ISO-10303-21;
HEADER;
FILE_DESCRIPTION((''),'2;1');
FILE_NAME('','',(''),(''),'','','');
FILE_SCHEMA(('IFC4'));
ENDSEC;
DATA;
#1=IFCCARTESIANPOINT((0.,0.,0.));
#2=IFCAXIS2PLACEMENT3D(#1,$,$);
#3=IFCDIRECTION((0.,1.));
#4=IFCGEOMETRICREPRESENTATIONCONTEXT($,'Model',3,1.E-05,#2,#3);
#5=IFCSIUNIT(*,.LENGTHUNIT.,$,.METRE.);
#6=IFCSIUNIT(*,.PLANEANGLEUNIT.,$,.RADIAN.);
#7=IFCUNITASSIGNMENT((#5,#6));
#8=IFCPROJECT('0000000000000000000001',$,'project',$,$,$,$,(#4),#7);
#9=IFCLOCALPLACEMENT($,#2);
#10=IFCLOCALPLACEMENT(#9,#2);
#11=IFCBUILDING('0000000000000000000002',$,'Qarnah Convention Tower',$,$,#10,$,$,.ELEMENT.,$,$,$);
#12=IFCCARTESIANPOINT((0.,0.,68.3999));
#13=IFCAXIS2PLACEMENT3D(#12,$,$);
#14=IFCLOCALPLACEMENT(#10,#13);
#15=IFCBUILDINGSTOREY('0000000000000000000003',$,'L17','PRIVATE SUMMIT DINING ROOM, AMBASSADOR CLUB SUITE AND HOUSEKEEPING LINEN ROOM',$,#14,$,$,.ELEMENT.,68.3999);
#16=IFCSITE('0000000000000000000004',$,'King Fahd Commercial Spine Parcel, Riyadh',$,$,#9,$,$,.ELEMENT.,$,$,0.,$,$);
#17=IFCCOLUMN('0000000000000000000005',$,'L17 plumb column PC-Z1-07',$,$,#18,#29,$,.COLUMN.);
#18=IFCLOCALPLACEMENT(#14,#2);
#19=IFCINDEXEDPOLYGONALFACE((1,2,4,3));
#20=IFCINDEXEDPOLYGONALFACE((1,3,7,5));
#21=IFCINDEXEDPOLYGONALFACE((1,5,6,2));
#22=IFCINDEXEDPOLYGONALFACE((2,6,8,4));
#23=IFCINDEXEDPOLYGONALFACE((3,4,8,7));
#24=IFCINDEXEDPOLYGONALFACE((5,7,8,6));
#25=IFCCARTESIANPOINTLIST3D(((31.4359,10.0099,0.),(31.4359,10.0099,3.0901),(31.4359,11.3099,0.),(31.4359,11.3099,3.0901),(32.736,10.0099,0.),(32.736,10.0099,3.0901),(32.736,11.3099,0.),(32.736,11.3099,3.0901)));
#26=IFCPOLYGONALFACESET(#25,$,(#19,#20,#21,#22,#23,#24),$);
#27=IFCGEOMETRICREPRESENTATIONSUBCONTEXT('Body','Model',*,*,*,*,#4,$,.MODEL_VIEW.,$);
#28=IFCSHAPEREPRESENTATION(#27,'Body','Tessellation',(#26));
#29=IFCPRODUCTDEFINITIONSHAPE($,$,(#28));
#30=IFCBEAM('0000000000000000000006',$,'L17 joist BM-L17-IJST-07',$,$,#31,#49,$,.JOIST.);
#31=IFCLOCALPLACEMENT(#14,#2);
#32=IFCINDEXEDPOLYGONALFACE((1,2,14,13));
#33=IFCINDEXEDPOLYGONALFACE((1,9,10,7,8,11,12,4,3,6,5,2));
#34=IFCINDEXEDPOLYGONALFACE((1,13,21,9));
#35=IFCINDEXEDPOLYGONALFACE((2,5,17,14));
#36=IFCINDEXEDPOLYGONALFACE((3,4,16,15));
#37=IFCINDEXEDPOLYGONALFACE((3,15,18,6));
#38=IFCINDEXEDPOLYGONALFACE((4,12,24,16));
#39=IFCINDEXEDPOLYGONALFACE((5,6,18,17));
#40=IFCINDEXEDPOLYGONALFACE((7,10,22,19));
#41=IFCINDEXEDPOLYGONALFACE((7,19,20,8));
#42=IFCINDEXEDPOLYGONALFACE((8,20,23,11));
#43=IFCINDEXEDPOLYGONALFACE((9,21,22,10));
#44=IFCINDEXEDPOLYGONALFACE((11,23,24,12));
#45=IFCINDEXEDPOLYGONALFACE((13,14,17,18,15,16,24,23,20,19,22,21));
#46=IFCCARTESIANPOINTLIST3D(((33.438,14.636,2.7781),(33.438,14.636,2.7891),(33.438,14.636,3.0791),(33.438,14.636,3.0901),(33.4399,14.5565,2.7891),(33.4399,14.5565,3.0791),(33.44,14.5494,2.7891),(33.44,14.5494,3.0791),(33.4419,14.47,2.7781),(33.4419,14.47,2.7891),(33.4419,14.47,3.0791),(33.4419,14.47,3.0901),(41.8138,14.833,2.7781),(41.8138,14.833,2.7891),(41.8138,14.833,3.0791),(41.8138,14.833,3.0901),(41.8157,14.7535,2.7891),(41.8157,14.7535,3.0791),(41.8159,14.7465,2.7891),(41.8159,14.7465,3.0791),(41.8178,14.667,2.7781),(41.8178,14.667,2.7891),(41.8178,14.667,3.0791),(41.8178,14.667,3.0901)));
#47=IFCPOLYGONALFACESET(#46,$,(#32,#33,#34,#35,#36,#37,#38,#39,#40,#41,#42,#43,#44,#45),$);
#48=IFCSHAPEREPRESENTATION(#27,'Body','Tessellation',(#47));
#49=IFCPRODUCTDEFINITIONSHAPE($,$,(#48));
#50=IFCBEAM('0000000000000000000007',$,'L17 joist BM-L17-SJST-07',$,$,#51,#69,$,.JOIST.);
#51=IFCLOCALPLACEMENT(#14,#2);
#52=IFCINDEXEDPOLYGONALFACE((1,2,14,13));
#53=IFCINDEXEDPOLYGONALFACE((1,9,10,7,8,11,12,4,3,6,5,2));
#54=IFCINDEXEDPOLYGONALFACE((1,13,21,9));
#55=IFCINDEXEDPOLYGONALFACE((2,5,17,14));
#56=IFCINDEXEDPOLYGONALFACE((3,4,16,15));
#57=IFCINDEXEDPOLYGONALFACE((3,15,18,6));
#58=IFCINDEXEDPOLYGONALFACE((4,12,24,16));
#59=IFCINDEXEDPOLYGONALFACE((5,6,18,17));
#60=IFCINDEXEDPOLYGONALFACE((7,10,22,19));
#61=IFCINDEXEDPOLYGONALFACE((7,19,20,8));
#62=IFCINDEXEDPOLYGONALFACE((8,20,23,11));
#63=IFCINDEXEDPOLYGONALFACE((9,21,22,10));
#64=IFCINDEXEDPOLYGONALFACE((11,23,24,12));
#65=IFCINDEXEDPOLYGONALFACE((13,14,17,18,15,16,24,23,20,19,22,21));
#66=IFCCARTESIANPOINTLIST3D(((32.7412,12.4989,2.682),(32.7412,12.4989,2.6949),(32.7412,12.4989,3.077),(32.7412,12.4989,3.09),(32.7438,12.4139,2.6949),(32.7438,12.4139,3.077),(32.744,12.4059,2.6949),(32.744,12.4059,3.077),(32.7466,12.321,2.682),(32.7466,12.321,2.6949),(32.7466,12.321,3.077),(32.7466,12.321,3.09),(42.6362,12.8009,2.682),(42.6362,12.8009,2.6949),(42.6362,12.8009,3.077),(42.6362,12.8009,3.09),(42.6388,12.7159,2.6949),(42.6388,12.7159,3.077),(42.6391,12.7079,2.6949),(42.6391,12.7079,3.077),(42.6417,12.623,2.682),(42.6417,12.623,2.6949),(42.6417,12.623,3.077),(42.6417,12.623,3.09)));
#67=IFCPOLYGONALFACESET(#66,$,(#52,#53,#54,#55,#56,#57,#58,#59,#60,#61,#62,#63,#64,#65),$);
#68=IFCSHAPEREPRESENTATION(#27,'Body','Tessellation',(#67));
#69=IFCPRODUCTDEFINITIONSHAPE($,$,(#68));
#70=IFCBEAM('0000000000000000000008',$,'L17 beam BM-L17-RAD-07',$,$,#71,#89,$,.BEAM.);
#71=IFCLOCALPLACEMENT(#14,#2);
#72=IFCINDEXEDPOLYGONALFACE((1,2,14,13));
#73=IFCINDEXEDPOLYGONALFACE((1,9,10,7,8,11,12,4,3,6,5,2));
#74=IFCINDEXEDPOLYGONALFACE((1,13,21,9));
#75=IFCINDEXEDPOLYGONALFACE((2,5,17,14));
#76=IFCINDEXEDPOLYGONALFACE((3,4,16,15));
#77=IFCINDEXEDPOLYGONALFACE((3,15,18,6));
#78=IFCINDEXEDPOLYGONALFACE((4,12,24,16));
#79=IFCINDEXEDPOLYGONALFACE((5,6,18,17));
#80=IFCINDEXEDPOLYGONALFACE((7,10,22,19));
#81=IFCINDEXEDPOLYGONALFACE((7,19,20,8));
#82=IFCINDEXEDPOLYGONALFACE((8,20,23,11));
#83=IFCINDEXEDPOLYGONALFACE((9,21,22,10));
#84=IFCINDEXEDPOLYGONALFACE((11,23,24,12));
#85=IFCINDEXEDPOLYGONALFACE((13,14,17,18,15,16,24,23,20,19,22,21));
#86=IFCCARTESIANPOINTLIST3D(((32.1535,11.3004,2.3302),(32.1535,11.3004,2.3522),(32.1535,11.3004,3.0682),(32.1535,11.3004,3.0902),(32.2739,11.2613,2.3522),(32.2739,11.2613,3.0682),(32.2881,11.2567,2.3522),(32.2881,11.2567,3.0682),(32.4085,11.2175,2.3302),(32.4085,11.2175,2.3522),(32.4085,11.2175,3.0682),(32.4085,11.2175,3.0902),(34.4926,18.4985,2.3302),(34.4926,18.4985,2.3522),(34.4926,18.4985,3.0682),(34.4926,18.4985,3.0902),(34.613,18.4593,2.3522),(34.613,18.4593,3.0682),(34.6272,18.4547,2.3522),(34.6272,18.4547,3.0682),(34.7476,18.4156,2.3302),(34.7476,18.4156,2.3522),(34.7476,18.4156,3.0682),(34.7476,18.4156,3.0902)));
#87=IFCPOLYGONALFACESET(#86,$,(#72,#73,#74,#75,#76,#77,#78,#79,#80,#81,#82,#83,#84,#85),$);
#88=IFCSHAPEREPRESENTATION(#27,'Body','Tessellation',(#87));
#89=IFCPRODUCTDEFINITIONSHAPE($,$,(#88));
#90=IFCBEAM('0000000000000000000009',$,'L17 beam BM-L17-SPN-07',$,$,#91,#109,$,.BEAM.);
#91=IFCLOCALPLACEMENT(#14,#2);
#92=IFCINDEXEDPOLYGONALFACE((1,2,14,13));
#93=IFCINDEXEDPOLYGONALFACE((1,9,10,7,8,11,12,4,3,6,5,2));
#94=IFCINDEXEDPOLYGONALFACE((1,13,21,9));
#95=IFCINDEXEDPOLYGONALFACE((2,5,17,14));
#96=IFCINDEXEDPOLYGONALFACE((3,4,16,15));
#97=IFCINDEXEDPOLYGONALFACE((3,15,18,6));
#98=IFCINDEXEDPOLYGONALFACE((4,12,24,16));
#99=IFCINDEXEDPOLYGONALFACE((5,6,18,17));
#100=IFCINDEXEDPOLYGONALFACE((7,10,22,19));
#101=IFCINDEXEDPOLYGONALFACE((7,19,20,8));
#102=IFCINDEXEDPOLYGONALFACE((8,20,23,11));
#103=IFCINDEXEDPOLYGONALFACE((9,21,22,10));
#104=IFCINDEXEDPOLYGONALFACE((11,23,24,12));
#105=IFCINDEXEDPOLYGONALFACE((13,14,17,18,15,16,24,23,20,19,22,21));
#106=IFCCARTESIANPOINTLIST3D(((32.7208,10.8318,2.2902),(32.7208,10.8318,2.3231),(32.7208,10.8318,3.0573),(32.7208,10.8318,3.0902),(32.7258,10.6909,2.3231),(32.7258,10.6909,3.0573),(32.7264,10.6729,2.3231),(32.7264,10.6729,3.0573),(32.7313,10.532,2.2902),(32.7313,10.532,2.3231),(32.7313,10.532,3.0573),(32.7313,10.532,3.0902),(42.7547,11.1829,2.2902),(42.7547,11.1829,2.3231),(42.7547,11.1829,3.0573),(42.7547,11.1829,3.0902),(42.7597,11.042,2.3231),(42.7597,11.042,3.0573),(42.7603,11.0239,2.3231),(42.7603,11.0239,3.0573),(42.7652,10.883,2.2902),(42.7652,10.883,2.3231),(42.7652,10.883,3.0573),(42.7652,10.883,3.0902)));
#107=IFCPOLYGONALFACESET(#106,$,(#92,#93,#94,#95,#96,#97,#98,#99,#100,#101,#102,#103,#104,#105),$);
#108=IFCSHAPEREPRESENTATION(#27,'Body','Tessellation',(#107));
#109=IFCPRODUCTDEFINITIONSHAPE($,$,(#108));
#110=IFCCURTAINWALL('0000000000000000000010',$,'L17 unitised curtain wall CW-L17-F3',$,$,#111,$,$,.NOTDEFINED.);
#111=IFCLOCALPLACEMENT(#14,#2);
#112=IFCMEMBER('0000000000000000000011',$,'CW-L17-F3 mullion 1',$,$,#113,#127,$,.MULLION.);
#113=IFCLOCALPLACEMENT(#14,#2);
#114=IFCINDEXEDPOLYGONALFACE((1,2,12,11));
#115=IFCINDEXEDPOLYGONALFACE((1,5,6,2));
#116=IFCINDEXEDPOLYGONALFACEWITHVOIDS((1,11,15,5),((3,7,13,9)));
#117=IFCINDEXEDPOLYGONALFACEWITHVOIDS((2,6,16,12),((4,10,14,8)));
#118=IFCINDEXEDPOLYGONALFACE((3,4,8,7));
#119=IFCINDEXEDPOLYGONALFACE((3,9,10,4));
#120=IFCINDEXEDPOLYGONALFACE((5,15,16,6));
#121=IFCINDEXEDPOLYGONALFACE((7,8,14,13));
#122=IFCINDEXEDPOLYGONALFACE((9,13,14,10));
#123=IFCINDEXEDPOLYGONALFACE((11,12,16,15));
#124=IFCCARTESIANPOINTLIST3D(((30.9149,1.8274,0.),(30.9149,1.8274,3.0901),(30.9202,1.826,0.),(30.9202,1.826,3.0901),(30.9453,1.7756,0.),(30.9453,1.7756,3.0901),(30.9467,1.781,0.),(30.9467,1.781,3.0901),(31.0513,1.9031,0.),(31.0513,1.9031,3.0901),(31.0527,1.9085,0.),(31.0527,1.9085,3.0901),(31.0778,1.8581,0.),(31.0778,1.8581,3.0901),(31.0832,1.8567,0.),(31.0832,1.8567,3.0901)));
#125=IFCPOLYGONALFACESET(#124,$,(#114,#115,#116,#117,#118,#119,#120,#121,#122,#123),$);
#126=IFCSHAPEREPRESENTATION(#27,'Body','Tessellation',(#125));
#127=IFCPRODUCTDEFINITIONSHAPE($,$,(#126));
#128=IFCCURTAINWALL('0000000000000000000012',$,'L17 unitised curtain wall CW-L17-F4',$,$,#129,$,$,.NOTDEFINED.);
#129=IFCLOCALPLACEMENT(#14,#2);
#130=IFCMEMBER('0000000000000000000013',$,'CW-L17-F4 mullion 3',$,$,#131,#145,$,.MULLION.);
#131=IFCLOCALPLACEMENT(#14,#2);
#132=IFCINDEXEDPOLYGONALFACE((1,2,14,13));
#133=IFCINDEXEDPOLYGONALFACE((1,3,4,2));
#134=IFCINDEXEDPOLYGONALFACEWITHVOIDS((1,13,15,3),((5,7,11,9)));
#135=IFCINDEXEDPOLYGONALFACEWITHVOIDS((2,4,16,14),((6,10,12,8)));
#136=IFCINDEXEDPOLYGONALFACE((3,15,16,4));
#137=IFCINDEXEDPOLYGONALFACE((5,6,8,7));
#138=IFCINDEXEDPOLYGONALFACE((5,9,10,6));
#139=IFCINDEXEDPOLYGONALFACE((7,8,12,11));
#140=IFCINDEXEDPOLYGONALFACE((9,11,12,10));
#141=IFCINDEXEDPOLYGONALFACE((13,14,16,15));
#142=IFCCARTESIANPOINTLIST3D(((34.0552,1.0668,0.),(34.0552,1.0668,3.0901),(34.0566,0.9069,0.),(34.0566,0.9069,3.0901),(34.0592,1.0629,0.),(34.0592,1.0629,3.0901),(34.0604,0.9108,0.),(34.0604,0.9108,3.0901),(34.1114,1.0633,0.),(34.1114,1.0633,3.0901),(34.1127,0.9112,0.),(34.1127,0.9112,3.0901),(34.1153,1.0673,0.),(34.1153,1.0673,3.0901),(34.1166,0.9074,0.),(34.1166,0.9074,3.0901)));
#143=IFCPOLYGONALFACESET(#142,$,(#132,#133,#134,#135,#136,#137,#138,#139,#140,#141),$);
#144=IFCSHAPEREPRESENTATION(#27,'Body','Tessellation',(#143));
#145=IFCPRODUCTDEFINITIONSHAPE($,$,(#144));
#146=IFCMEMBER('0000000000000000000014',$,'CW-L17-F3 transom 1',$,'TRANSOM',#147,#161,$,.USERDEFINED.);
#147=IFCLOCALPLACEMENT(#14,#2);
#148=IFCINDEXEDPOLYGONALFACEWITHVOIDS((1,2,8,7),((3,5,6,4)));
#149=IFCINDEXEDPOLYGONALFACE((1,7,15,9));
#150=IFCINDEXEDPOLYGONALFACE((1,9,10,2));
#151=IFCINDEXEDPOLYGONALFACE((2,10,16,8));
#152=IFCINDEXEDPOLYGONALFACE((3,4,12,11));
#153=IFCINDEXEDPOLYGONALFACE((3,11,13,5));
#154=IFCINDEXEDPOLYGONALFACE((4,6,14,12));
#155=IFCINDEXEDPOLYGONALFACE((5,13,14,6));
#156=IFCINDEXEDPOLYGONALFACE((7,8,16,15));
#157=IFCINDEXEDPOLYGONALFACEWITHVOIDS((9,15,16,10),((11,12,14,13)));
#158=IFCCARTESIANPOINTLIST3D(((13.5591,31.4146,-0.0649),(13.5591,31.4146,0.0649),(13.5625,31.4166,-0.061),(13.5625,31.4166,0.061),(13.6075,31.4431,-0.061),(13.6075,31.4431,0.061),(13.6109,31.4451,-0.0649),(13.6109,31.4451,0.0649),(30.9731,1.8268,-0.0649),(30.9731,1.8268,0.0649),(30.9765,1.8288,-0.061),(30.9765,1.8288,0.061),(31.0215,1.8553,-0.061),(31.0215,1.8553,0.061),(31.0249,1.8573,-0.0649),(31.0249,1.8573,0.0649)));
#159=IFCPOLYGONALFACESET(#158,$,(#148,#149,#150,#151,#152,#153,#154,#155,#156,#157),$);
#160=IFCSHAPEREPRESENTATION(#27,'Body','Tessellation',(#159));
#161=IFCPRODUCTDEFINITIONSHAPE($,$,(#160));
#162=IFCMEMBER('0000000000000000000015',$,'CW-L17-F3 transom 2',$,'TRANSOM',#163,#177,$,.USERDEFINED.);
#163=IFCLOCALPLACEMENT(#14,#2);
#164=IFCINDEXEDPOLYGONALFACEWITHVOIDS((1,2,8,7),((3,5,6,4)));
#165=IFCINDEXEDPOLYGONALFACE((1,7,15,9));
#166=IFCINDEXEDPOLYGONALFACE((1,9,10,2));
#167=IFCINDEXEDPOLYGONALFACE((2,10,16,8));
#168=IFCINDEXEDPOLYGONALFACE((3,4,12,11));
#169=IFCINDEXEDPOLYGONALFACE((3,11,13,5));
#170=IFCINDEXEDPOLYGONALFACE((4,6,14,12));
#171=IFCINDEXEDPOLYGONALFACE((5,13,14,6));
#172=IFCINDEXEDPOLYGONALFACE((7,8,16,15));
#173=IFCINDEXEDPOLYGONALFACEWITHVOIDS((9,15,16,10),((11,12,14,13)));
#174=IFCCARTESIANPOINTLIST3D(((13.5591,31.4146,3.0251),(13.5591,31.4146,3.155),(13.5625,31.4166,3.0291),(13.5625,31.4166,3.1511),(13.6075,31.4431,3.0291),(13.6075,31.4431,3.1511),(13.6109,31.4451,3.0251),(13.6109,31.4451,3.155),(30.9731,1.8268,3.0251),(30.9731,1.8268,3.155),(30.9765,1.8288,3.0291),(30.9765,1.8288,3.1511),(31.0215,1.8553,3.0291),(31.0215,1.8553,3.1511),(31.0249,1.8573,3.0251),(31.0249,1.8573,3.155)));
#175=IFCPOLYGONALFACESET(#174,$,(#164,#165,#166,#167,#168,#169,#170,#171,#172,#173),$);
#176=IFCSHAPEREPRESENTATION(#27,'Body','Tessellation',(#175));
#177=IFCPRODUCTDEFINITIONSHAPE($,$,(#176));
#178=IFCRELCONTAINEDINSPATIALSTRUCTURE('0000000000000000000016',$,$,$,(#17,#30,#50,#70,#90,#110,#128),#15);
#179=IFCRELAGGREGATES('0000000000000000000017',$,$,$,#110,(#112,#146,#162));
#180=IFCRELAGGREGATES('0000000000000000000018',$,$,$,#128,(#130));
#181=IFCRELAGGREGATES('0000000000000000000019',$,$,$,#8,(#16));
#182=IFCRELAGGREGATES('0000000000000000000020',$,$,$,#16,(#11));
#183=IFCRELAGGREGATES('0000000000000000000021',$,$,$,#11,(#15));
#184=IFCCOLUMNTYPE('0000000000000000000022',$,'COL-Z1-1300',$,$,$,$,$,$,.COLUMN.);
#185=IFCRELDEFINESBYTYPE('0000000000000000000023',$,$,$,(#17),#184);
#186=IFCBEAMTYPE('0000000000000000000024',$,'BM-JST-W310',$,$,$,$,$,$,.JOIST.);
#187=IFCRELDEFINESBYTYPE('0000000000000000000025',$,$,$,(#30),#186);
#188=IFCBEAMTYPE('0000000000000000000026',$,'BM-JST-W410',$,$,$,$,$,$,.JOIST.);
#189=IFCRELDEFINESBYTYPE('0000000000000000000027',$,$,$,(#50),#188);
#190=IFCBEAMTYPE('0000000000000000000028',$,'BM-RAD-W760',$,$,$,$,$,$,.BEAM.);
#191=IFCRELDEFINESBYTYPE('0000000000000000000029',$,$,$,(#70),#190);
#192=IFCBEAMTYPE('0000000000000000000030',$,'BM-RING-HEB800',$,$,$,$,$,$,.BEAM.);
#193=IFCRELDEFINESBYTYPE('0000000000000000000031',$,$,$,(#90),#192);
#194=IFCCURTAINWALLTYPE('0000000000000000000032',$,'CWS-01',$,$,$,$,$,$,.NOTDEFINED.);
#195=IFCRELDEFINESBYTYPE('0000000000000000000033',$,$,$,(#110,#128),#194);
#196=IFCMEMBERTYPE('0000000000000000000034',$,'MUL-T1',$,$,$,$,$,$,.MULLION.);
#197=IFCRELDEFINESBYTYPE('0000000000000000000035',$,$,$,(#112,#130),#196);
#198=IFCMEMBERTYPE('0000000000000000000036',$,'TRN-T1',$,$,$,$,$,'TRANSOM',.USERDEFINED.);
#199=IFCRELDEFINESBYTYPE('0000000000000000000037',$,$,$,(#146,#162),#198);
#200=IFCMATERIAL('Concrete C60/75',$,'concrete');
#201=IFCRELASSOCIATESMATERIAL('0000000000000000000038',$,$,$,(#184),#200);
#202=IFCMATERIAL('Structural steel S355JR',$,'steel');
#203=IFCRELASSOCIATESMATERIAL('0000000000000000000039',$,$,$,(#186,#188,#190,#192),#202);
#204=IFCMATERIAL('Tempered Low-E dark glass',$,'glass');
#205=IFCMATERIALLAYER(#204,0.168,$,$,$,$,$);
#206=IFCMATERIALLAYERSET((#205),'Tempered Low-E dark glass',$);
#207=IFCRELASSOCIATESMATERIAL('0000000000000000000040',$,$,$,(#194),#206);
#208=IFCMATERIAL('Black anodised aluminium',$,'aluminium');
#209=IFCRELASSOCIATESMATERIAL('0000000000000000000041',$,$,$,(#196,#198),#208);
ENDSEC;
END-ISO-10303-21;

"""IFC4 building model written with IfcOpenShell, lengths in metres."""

from ifc_helpers import new_model, si_unit, direction, frame, origin, origin_2d, place, context, subcontext, project, spatial, rectangle, hollow_rectangle, i_section, extrude, material, layer, layer_set, material_profile, profile_set, type_object, element, aggregate, save


model = new_model("IFC4")

# Units and contexts
model_context = context("Model", 3, precision=1e-05, world=origin(), true_north=direction((0.0, 1.0)))
body_context = subcontext(model_context, "Body", "Model", "MODEL_VIEW")
ifc_project = project(units=[si_unit("LENGTHUNIT", "METRE"), si_unit("PLANEANGLEUNIT", "RADIAN")], contexts=[model_context])

# Site, building, storey
site_placement = place(None, origin())
site = spatial("IfcSite", under=ifc_project, at=site_placement, Name="King Fahd Commercial Spine Parcel, Riyadh", CompositionType="ELEMENT", RefElevation=0.0)
building_placement = place(site_placement, origin())
building = spatial("IfcBuilding", under=site, at=building_placement, Name="Qarnah Convention Tower", CompositionType="ELEMENT")
storey_placement = place(building_placement, frame((0.0, 0.0, 68.3999)))
storey = spatial("IfcBuildingStorey", under=building, at=storey_placement, Name="L17", Description="PRIVATE SUMMIT DINING ROOM, AMBASSADOR CLUB SUITE AND HOUSEKEEPING LINEN ROOM", CompositionType="ELEMENT", Elevation=68.3999)

# Column
ifc_material_1 = material(Name="Concrete C60/75", Category="concrete")
ifc_material_profile_1 = material_profile(ifc_material_1, rectangle(XDim=1.3, YDim=1.3, at=origin_2d()), Name="RC-COL-1300X1300")
ifc_profile_set_1 = profile_set([ifc_material_profile_1], Name="Concrete C60/75")
column_type = type_object("IfcColumnType", Name="COL-Z1-1300", PredefinedType="COLUMN", material=ifc_profile_set_1)
column_placement = place(storey_placement, frame((32.0859, 10.6599, 0.0), z_axis=(0.0, 0.0, 1.0), x_axis=(1.0, 0.0, 0.0)))
element("IfcColumn", 1, at=column_placement, inside=storey, type_object=column_type, Name="L17 plumb column PC-Z1-07", PredefinedType="COLUMN", context=body_context, shape_type="SweptSolid", body=[
    extrude(rectangle(XDim=1.3, YDim=1.3, at=origin_2d()), origin(), (0.0, 0.0, 1.0), 3.0901),
])

# Beams
ifc_material_2 = material(Name="Structural steel S355JR", Category="steel")
ifc_material_profile_2 = material_profile(ifc_material_2, i_section(OverallWidth=0.166, OverallDepth=0.312, WebThickness=0.0071, FlangeThickness=0.011, at=origin_2d()), Name="W310X45")
ifc_profile_set_2 = profile_set([ifc_material_profile_2], Name="Structural steel S355JR")
beam_type_1 = type_object("IfcBeamType", Name="BM-JST-W310", PredefinedType="JOIST", material=ifc_profile_set_2)
beam_1_placement = place(storey_placement, frame((33.4399, 14.553, 2.9341), z_axis=(0.999723, 0.023516, 0.0), x_axis=(-0.023516, 0.999723, 0.0)))
element("IfcBeam", 2, at=beam_1_placement, inside=storey, type_object=beam_type_1, Name="L17 joist BM-L17-IJST-07", PredefinedType="JOIST", context=body_context, shape_type="SweptSolid", body=[
    extrude(i_section(OverallWidth=0.166, OverallDepth=0.312, WebThickness=0.0071, FlangeThickness=0.011, at=origin_2d()), origin(), (0.0, 0.0, 1.0), 8.3782),
])
ifc_material_profile_3 = material_profile(ifc_material_2, i_section(OverallWidth=0.178, OverallDepth=0.408, WebThickness=0.0081, FlangeThickness=0.0129, at=origin_2d()), Name="W410X60")
ifc_profile_set_3 = profile_set([ifc_material_profile_3], Name="Structural steel S355JR")
beam_type_2 = type_object("IfcBeamType", Name="BM-JST-W410", PredefinedType="JOIST", material=ifc_profile_set_3)
beam_2_placement = place(storey_placement, frame((32.7439, 12.4099, 2.886), z_axis=(0.999535, 0.030506, 0.0), x_axis=(-0.030506, 0.999535, 0.0)))
element("IfcBeam", 3, at=beam_2_placement, inside=storey, type_object=beam_type_2, Name="L17 joist BM-L17-SJST-07", PredefinedType="JOIST", context=body_context, shape_type="SweptSolid", body=[
    extrude(i_section(OverallWidth=0.178, OverallDepth=0.408, WebThickness=0.0081, FlangeThickness=0.0129, at=origin_2d()), origin(), (0.0, 0.0, 1.0), 9.8997),
])
ifc_material_profile_4 = material_profile(ifc_material_2, i_section(OverallWidth=0.2681, OverallDepth=0.76, WebThickness=0.0149, FlangeThickness=0.022, at=origin_2d()), Name="W760X185")
ifc_profile_set_4 = profile_set([ifc_material_profile_4], Name="Structural steel S355JR")
beam_type_3 = type_object("IfcBeamType", Name="BM-RAD-W760", PredefinedType="BEAM", material=ifc_profile_set_4)
beam_3_placement = place(storey_placement, frame((34.6201, 18.457, 2.7102), z_axis=(-0.309058, -0.951043, 0.0), x_axis=(0.951043, -0.309058, 0.0)))
element("IfcBeam", 4, at=beam_3_placement, inside=storey, type_object=beam_type_3, Name="L17 beam BM-L17-RAD-07", PredefinedType="BEAM", context=body_context, shape_type="SweptSolid", body=[
    extrude(i_section(OverallWidth=0.2681, OverallDepth=0.76, WebThickness=0.0149, FlangeThickness=0.022, at=origin_2d()), origin(), (0.0, 0.0, 1.0), 7.5686),
])
ifc_material_profile_5 = material_profile(ifc_material_2, i_section(OverallWidth=0.3, OverallDepth=0.8, WebThickness=0.0181, FlangeThickness=0.033, at=origin_2d()), Name="HEB800")
ifc_profile_set_5 = profile_set([ifc_material_profile_5], Name="Structural steel S355JR")
beam_type_4 = type_object("IfcBeamType", Name="BM-RING-HEB800", PredefinedType="BEAM", material=ifc_profile_set_5)
beam_4_placement = place(storey_placement, frame((32.7261, 10.6819, 2.6902), z_axis=(0.999388, 0.034967, 0.0), x_axis=(-0.034967, 0.999388, 0.0)))
element("IfcBeam", 5, at=beam_4_placement, inside=storey, type_object=beam_type_4, Name="L17 beam BM-L17-SPN-07", PredefinedType="BEAM", context=body_context, shape_type="SweptSolid", body=[
    extrude(i_section(OverallWidth=0.3, OverallDepth=0.8, WebThickness=0.0181, FlangeThickness=0.033, at=origin_2d()), origin(), (0.0, 0.0, 1.0), 10.04),
])

# Curtain walls, members
ifc_material_3 = material(Name="Tempered Low-E dark glass", Category="glass")
ifc_layer_1 = layer(ifc_material_3, 0.168)
ifc_layer_set_1 = layer_set([ifc_layer_1], Name="Tempered Low-E dark glass")
curtain_wall_type = type_object("IfcCurtainWallType", Name="CWS-01", PredefinedType="NOTDEFINED", material=ifc_layer_set_1)
curtain_wall_1_placement = place(storey_placement, origin())
curtain_wall_1 = element("IfcCurtainWall", 6, at=curtain_wall_1_placement, inside=storey, type_object=curtain_wall_type, Name="L17 unitised curtain wall CW-L17-F3", PredefinedType="NOTDEFINED")
ifc_material_4 = material(Name="Black anodised aluminium", Category="aluminium")
ifc_material_profile_6 = material_profile(ifc_material_4, hollow_rectangle(XDim=0.0601, YDim=0.1599, WallThickness=0.0039, at=origin_2d()), Name="MUL-60X160")
ifc_profile_set_6 = profile_set([ifc_material_profile_6], Name="Black anodised aluminium")
member_type_1 = type_object("IfcMemberType", Name="MUL-T1", PredefinedType="MULLION", material=ifc_profile_set_6)
member_1_placement = place(storey_placement, frame((30.999, 1.842, 0.0), z_axis=(0.0, 0.0, 1.0), x_axis=(-0.507221, 0.861816, 0.0)))
member_1 = element("IfcMember", 7, at=member_1_placement, type_object=member_type_1, Name="CW-L17-F3 mullion 1", PredefinedType="MULLION", context=body_context, shape_type="SweptSolid", body=[
    extrude(hollow_rectangle(XDim=0.0601, YDim=0.1599, WallThickness=0.0039, at=origin_2d()), origin(), (0.0, 0.0, 1.0), 3.0901),
])
curtain_wall_2_placement = place(storey_placement, origin())
curtain_wall_2 = element("IfcCurtainWall", 8, at=curtain_wall_2_placement, inside=storey, type_object=curtain_wall_type, Name="L17 unitised curtain wall CW-L17-F4", PredefinedType="NOTDEFINED")
member_2_placement = place(storey_placement, frame((34.0859, 0.9871, 0.0), z_axis=(0.0, 0.0, 1.0), x_axis=(-0.999966, -0.008296, 0.0)))
member_2 = element("IfcMember", 9, at=member_2_placement, type_object=member_type_1, Name="CW-L17-F4 mullion 3", PredefinedType="MULLION", context=body_context, shape_type="SweptSolid", body=[
    extrude(hollow_rectangle(XDim=0.0601, YDim=0.1599, WallThickness=0.0039, at=origin_2d()), origin(), (0.0, 0.0, 1.0), 3.0901),
])

# Members
ifc_material_profile_7 = material_profile(ifc_material_4, hollow_rectangle(XDim=0.0601, YDim=0.1299, WallThickness=0.0039, at=origin_2d()), Name="TRN-60X130")
ifc_profile_set_7 = profile_set([ifc_material_profile_7], Name="Black anodised aluminium")
member_type_2 = type_object("IfcMemberType", Name="TRN-T1", ElementType="TRANSOM", PredefinedType="USERDEFINED", material=ifc_profile_set_7)
member_3_placement = place(storey_placement, frame((30.999, 1.842, 0.0), z_axis=(-0.507224, 0.861814, 0.0), x_axis=(-0.861814, -0.507224, 0.0)))
member_3 = element("IfcMember", 10, at=member_3_placement, type_object=member_type_2, Name="CW-L17-F3 transom 1", ObjectType="TRANSOM", PredefinedType="USERDEFINED", context=body_context, shape_type="SweptSolid", body=[
    extrude(hollow_rectangle(XDim=0.0601, YDim=0.1299, WallThickness=0.0039, at=origin_2d()), origin(), (0.0, 0.0, 1.0), 34.332),
])
member_4_placement = place(storey_placement, frame((30.999, 1.842, 3.0901), z_axis=(-0.507224, 0.861814, 0.0), x_axis=(-0.861814, -0.507224, 0.0)))
member_4 = element("IfcMember", 11, at=member_4_placement, type_object=member_type_2, Name="CW-L17-F3 transom 2", ObjectType="TRANSOM", PredefinedType="USERDEFINED", context=body_context, shape_type="SweptSolid", body=[
    extrude(hollow_rectangle(XDim=0.0601, YDim=0.1299, WallThickness=0.0039, at=origin_2d()), origin(), (0.0, 0.0, 1.0), 34.332),
])

aggregate(curtain_wall_1, [member_1, member_3, member_4])
aggregate(curtain_wall_2, [member_2])

save(model, "model.ifc")
